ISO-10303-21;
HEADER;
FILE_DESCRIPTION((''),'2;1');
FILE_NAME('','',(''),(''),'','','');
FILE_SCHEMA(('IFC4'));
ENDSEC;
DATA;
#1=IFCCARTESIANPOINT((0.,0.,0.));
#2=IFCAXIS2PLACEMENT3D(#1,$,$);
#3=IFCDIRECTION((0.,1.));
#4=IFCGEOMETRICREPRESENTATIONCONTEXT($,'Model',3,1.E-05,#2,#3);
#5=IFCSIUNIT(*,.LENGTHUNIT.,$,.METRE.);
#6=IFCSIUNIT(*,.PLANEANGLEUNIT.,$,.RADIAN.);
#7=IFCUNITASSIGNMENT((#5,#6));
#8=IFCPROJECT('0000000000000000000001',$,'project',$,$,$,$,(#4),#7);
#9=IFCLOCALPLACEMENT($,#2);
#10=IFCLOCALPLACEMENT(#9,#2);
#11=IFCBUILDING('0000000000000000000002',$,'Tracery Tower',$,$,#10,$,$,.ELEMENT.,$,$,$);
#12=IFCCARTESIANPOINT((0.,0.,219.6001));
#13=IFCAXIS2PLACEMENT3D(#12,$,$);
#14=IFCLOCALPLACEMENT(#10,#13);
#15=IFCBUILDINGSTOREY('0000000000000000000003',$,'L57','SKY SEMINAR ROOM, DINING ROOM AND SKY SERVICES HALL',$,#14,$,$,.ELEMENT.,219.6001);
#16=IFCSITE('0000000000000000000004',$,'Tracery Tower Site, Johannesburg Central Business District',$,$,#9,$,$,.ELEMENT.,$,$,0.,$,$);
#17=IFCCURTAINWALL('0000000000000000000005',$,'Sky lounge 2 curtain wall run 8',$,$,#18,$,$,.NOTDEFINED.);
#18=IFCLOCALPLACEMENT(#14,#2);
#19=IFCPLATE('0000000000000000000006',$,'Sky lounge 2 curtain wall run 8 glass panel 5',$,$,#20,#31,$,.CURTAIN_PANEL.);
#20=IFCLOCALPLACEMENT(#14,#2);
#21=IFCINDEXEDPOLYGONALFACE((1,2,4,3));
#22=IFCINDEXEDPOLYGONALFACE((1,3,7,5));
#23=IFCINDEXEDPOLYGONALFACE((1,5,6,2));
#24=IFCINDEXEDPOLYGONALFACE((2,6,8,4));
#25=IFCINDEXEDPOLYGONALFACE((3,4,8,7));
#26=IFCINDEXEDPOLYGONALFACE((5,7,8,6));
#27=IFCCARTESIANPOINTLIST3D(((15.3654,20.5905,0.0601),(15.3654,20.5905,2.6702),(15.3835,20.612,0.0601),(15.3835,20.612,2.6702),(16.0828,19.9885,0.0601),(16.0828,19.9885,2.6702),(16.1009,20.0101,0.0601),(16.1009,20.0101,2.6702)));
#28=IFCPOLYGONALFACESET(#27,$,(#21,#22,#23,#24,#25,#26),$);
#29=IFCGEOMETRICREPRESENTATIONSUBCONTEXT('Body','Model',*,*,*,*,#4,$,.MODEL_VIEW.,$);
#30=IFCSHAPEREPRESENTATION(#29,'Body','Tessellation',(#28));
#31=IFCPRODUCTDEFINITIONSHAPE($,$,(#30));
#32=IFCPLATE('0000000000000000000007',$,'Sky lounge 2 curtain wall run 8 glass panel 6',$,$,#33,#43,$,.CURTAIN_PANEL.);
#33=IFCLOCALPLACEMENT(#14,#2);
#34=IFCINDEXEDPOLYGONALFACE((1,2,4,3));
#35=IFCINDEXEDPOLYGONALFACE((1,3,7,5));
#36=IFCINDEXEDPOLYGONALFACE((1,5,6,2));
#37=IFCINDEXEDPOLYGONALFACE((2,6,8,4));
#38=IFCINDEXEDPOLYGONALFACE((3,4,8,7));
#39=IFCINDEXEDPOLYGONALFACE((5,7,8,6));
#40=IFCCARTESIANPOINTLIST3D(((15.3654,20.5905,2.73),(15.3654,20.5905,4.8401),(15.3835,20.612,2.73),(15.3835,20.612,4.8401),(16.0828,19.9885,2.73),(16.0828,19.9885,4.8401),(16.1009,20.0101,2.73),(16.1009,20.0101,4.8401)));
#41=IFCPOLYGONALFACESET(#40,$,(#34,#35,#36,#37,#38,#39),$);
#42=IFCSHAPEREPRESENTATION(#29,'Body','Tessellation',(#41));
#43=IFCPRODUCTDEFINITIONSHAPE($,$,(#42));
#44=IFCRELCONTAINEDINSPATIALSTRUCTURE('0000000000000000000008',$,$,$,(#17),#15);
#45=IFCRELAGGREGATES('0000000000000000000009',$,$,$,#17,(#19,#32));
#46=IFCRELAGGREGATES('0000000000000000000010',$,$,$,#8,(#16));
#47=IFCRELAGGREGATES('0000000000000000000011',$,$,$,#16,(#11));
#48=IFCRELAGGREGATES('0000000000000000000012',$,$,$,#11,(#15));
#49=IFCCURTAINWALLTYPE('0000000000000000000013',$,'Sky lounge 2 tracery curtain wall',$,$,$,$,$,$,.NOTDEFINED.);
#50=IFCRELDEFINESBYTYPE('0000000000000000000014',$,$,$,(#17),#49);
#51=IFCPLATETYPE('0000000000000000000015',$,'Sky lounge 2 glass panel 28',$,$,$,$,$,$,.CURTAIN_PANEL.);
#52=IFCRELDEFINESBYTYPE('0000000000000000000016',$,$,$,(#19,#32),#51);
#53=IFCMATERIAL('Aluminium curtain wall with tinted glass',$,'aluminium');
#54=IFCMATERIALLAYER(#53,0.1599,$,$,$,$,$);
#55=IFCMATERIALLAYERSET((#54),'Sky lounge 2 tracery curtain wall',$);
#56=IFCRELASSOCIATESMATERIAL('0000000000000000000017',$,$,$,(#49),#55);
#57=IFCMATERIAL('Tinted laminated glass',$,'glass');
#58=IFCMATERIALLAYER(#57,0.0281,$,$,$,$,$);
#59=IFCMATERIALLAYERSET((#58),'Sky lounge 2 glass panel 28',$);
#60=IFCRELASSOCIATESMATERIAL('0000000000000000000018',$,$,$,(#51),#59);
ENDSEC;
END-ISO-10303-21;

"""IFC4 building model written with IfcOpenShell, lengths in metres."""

from ifc_helpers import new_model, si_unit, direction, frame, origin, origin_2d, place, context, subcontext, project, spatial, rectangle, extrude, material, layer, layer_set, type_object, element, aggregate, save


model = new_model("IFC4")

# Units and contexts
model_context = context("Model", 3, precision=1e-05, world=origin(), true_north=direction((0.0, 1.0)))
body_context = subcontext(model_context, "Body", "Model", "MODEL_VIEW")
ifc_project = project(units=[si_unit("LENGTHUNIT", "METRE"), si_unit("PLANEANGLEUNIT", "RADIAN")], contexts=[model_context])

# Site, building, storey
site_placement = place(None, origin())
site = spatial("IfcSite", under=ifc_project, at=site_placement, Name="Tracery Tower Site, Johannesburg Central Business District", CompositionType="ELEMENT", RefElevation=0.0)
building_placement = place(site_placement, origin())
building = spatial("IfcBuilding", under=site, at=building_placement, Name="Tracery Tower", CompositionType="ELEMENT")
storey_placement = place(building_placement, frame((0.0, 0.0, 219.6001)))
storey = spatial("IfcBuildingStorey", under=building, at=storey_placement, Name="L57", Description="SKY SEMINAR ROOM, DINING ROOM AND SKY SERVICES HALL", CompositionType="ELEMENT", Elevation=219.6001)

# Curtain wall
ifc_material_1 = material(Name="Aluminium curtain wall with tinted glass", Category="aluminium")
ifc_layer_1 = layer(ifc_material_1, 0.1599)
ifc_layer_set_1 = layer_set([ifc_layer_1], Name="Sky lounge 2 tracery curtain wall")
curtain_wall_type = type_object("IfcCurtainWallType", Name="Sky lounge 2 tracery curtain wall", PredefinedType="NOTDEFINED", material=ifc_layer_set_1)
curtain_wall_1_placement = place(storey_placement, origin())
curtain_wall_1 = element("IfcCurtainWall", 1, at=curtain_wall_1_placement, inside=storey, type_object=curtain_wall_type, Name="Sky lounge 2 curtain wall run 8", PredefinedType="NOTDEFINED")

# Shared definitions
ifc_material_2 = material(Name="Tinted laminated glass", Category="glass")
ifc_layer_2 = layer(ifc_material_2, 0.0281)
ifc_layer_set_2 = layer_set([ifc_layer_2], Name="Sky lounge 2 glass panel 28")
plate_type = type_object("IfcPlateType", Name="Sky lounge 2 glass panel 28", PredefinedType="CURTAIN_PANEL", material=ifc_layer_set_2)

# Plates
plate_1_placement = place(storey_placement, frame((15.7332, 20.3003, 0.0601), z_axis=(0.0, 0.0, 1.0), x_axis=(-0.766044, 0.642788, 0.0)))
plate_1 = element("IfcPlate", 2, at=plate_1_placement, type_object=plate_type, Name="Sky lounge 2 curtain wall run 8 glass panel 5", PredefinedType="CURTAIN_PANEL", context=body_context, shape_type="SweptSolid", body=[
    extrude(rectangle(XDim=0.9365, YDim=0.0281, at=origin_2d()), origin(), (0.0, 0.0, 1.0), 2.6101),
])
plate_2_placement = place(storey_placement, frame((15.7332, 20.3003, 2.73), z_axis=(0.0, 0.0, 1.0), x_axis=(-0.766044, 0.642788, 0.0)))
plate_2 = element("IfcPlate", 3, at=plate_2_placement, type_object=plate_type, Name="Sky lounge 2 curtain wall run 8 glass panel 6", PredefinedType="CURTAIN_PANEL", context=body_context, shape_type="SweptSolid", body=[
    extrude(rectangle(XDim=0.9365, YDim=0.0281, at=origin_2d()), origin(), (0.0, 0.0, 1.0), 2.1101),
])
aggregate(curtain_wall_1, [plate_1, plate_2])

save(model, "model.ifc")
